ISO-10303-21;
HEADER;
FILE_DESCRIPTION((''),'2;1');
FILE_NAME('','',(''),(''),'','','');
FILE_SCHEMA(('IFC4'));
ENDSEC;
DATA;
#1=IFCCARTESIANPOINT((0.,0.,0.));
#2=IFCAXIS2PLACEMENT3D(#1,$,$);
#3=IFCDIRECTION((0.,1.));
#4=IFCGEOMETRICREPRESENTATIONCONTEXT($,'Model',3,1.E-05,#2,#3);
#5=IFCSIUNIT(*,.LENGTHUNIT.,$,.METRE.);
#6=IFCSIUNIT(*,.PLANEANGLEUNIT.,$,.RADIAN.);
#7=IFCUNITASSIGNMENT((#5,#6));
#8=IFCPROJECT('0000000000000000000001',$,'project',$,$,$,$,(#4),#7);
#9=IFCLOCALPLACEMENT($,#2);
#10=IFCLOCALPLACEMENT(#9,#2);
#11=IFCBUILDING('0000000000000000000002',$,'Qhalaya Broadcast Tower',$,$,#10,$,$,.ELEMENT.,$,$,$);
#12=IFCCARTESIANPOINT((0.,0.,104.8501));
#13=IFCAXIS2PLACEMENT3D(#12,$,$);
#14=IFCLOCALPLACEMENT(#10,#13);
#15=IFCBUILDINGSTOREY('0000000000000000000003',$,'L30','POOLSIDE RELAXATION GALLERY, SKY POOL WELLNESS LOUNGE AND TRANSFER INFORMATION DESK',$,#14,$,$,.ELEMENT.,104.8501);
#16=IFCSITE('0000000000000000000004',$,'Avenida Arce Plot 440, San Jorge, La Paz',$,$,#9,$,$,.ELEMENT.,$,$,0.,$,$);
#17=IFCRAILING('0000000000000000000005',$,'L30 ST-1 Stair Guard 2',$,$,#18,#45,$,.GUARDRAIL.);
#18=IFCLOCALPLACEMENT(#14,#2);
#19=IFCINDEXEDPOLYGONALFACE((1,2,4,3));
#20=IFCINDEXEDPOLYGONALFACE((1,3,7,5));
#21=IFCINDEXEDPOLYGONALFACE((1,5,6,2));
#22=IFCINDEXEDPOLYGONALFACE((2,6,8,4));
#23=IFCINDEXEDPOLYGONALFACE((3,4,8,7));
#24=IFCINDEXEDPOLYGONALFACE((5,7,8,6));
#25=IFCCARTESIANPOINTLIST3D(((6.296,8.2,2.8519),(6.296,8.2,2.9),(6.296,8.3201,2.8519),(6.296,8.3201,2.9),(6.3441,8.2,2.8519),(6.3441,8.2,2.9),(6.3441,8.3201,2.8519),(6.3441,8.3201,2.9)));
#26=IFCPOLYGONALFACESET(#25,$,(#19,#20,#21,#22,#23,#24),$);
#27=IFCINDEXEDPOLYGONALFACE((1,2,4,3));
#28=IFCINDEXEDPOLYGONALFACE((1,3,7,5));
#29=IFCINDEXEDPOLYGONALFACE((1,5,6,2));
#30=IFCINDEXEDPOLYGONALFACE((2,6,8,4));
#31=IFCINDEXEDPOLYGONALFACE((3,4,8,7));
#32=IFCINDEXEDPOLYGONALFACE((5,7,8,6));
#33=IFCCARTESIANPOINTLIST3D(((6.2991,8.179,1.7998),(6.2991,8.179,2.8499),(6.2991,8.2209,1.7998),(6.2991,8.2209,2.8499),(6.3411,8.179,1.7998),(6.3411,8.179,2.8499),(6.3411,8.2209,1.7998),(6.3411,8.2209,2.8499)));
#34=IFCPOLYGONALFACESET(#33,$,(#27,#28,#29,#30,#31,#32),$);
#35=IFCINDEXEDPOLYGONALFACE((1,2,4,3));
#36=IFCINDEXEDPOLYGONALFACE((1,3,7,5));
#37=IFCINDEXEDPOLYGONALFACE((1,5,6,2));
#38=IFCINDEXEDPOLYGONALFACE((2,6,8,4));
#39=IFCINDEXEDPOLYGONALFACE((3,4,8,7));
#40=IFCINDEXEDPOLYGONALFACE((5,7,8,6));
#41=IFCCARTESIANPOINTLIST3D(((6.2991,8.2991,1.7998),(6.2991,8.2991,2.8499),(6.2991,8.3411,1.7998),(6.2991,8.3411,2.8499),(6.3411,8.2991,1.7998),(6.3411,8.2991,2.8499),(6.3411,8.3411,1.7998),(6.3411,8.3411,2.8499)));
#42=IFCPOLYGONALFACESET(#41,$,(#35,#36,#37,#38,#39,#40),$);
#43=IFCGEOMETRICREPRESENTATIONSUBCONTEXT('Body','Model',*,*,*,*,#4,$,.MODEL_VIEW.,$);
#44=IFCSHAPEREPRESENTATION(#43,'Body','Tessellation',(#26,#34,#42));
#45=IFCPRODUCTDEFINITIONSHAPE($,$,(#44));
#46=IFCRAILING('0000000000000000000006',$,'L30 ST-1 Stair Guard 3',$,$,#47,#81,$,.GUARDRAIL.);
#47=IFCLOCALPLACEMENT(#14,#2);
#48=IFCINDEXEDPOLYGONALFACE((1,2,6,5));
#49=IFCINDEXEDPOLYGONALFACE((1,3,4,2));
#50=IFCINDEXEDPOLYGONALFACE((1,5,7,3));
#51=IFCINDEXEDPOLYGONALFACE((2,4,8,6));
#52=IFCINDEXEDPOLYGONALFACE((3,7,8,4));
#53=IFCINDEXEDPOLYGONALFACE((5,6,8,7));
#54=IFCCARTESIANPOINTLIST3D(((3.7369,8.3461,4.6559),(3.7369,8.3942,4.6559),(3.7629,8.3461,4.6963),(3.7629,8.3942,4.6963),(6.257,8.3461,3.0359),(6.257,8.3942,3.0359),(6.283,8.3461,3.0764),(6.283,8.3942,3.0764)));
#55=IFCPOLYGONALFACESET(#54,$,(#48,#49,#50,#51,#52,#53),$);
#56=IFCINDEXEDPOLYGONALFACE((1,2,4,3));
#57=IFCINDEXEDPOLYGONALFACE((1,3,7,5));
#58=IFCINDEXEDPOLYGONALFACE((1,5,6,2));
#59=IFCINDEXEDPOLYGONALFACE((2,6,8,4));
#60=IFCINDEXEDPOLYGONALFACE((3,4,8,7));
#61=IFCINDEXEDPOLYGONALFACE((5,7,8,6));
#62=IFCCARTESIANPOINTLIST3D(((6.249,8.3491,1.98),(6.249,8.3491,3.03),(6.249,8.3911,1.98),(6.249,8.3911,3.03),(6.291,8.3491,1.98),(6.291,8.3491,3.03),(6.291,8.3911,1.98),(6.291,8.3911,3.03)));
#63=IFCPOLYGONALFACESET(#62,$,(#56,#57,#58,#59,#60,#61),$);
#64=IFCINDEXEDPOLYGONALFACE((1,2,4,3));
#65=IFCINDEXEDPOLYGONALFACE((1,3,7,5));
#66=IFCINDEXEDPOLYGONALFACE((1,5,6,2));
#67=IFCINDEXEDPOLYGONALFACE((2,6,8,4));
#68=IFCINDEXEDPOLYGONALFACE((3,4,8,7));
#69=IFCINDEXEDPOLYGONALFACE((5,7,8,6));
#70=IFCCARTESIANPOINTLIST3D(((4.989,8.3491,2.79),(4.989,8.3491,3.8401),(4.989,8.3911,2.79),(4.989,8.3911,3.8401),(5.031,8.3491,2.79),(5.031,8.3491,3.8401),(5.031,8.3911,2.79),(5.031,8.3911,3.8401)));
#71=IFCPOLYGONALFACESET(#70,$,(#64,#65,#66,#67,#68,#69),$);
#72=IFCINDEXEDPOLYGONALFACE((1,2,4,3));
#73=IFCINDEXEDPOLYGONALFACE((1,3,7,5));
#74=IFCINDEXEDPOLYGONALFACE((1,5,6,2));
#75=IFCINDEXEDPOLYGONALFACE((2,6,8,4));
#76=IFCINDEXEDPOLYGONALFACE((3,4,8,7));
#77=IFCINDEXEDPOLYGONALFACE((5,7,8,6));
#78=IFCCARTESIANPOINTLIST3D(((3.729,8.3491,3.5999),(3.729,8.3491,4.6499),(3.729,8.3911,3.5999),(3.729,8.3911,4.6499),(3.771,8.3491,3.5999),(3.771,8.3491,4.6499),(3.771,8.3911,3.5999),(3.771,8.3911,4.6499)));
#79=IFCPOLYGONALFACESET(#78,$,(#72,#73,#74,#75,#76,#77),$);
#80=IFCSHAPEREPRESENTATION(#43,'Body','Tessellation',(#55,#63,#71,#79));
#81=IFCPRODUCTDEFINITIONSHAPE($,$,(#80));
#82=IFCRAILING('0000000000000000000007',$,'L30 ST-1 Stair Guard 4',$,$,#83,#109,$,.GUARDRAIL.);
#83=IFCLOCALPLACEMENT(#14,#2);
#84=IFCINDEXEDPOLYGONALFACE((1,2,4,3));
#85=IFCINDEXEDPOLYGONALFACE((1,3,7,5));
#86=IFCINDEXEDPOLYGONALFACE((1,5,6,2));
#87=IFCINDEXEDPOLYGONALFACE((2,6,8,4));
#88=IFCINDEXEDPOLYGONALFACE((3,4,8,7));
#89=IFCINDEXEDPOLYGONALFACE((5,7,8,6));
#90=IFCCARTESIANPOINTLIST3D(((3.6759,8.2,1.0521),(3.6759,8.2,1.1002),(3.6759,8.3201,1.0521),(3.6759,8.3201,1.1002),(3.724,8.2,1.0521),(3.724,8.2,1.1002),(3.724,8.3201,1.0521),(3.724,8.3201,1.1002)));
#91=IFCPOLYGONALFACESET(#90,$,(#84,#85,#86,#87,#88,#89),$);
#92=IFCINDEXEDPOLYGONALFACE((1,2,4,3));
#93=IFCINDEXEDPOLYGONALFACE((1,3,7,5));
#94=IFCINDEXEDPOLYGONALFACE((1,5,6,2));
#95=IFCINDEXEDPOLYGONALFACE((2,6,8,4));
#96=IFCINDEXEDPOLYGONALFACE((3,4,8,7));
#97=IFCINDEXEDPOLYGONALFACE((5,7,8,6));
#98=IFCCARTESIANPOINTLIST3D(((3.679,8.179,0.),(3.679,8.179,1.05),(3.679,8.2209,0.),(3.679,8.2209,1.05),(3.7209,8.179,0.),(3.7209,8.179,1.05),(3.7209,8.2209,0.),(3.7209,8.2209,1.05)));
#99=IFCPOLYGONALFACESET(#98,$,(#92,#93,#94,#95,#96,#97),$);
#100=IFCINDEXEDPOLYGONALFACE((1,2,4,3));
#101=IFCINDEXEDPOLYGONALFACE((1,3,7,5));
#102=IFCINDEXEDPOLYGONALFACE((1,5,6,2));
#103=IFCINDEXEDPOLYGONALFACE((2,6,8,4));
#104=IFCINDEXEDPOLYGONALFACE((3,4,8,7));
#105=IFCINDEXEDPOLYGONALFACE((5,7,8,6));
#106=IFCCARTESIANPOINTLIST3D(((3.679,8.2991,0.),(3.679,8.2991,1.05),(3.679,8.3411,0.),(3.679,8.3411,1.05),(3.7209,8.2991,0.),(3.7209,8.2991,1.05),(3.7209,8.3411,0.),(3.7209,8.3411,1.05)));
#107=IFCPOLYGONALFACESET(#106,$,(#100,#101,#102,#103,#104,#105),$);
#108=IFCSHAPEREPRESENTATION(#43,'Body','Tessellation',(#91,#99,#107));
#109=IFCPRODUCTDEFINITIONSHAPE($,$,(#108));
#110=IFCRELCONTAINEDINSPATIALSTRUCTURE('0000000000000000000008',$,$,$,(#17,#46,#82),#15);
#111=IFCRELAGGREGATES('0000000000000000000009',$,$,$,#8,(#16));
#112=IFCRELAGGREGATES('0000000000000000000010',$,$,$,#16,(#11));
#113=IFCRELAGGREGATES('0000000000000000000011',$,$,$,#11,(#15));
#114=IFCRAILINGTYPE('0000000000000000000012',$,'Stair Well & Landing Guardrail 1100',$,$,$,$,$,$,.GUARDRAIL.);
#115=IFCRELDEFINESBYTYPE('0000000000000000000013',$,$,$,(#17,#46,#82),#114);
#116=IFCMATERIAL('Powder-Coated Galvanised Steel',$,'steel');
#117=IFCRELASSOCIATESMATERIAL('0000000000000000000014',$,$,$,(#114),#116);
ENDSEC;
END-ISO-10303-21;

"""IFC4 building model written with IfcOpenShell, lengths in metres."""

from ifc_helpers import new_model, si_unit, direction, frame, origin, origin_2d, place, context, subcontext, project, spatial, rectangle, extrude, material, type_object, element, save


model = new_model("IFC4")

# Units and contexts
model_context = context("Model", 3, precision=1e-05, world=origin(), true_north=direction((0.0, 1.0)))
body_context = subcontext(model_context, "Body", "Model", "MODEL_VIEW")
ifc_project = project(units=[si_unit("LENGTHUNIT", "METRE"), si_unit("PLANEANGLEUNIT", "RADIAN")], contexts=[model_context])

# Site, building, storey
site_placement = place(None, origin())
site = spatial("IfcSite", under=ifc_project, at=site_placement, Name="Avenida Arce Plot 440, San Jorge, La Paz", CompositionType="ELEMENT", RefElevation=0.0)
building_placement = place(site_placement, origin())
building = spatial("IfcBuilding", under=site, at=building_placement, Name="Qhalaya Broadcast Tower", CompositionType="ELEMENT")
storey_placement = place(building_placement, frame((0.0, 0.0, 104.8501)))
storey = spatial("IfcBuildingStorey", under=building, at=storey_placement, Name="L30", Description="POOLSIDE RELAXATION GALLERY, SKY POOL WELLNESS LOUNGE AND TRANSFER INFORMATION DESK", CompositionType="ELEMENT", Elevation=104.8501)

# Railings
ifc_material_1 = material(Name="Powder-Coated Galvanised Steel", Category="steel")
railing_type_1 = type_object("IfcRailingType", Name="Stair Well & Landing Guardrail 1100", PredefinedType="GUARDRAIL", material=ifc_material_1)
railing_1_placement = place(storey_placement, frame((6.3201, 8.2, 1.7998)))
element("IfcRailing", 1, at=railing_1_placement, inside=storey, type_object=railing_type_1, Name="L30 ST-1 Stair Guard 2", PredefinedType="GUARDRAIL", context=body_context, shape_type="SweptSolid", body=[
    extrude(rectangle(XDim=0.0481, YDim=0.0481, at=origin_2d()), frame((0.0, 0.0, 1.0762), z_axis=(0.0, 1.0, 0.0), x_axis=(-1.0, 0.0, 0.0)), (0.0, 0.0, 1.0), 0.1201),
    extrude(rectangle(XDim=0.042, YDim=0.042, at=origin_2d()), origin(), (0.0, 0.0, 1.0), 1.05),
    extrude(rectangle(XDim=0.042, YDim=0.042, at=origin_2d()), frame((0.0, 0.1201, 0.0)), (0.0, 0.0, 1.0), 1.05),
])
railing_2_placement = place(storey_placement, frame((6.27, 8.3701, 1.98)))
element("IfcRailing", 2, at=railing_2_placement, inside=storey, type_object=railing_type_1, Name="L30 ST-1 Stair Guard 3", PredefinedType="GUARDRAIL", context=body_context, shape_type="SweptSolid", body=[
    extrude(rectangle(XDim=0.0481, YDim=0.0481, at=origin_2d()), frame((0.0, 0.0, 1.0762), z_axis=(-0.8412, 0.0, 0.540725), x_axis=(0.0, -1.0, 0.0)), (0.0, 0.0, 1.0), 2.9958),
    extrude(rectangle(XDim=0.042, YDim=0.042, at=origin_2d()), origin(), (0.0, 0.0, 1.0), 1.05),
    extrude(rectangle(XDim=0.042, YDim=0.042, at=origin_2d()), frame((-1.26, 0.0, 0.8101)), (0.0, 0.0, 1.0), 1.05),
    extrude(rectangle(XDim=0.042, YDim=0.042, at=origin_2d()), frame((-2.52, 0.0, 1.6199)), (0.0, 0.0, 1.0), 1.05),
])
railing_3_placement = place(storey_placement, frame((3.7, 8.2, 0.0)))
element("IfcRailing", 3, at=railing_3_placement, inside=storey, type_object=railing_type_1, Name="L30 ST-1 Stair Guard 4", PredefinedType="GUARDRAIL", context=body_context, shape_type="SweptSolid", body=[
    extrude(rectangle(XDim=0.0481, YDim=0.0481, at=origin_2d()), frame((0.0, 0.0, 1.0762), z_axis=(0.0, 1.0, 0.0), x_axis=(-1.0, 0.0, 0.0)), (0.0, 0.0, 1.0), 0.1201),
    extrude(rectangle(XDim=0.042, YDim=0.042, at=origin_2d()), origin(), (0.0, 0.0, 1.0), 1.05),
    extrude(rectangle(XDim=0.042, YDim=0.042, at=origin_2d()), frame((0.0, 0.1201, 0.0)), (0.0, 0.0, 1.0), 1.05),
])

save(model, "model.ifc")
